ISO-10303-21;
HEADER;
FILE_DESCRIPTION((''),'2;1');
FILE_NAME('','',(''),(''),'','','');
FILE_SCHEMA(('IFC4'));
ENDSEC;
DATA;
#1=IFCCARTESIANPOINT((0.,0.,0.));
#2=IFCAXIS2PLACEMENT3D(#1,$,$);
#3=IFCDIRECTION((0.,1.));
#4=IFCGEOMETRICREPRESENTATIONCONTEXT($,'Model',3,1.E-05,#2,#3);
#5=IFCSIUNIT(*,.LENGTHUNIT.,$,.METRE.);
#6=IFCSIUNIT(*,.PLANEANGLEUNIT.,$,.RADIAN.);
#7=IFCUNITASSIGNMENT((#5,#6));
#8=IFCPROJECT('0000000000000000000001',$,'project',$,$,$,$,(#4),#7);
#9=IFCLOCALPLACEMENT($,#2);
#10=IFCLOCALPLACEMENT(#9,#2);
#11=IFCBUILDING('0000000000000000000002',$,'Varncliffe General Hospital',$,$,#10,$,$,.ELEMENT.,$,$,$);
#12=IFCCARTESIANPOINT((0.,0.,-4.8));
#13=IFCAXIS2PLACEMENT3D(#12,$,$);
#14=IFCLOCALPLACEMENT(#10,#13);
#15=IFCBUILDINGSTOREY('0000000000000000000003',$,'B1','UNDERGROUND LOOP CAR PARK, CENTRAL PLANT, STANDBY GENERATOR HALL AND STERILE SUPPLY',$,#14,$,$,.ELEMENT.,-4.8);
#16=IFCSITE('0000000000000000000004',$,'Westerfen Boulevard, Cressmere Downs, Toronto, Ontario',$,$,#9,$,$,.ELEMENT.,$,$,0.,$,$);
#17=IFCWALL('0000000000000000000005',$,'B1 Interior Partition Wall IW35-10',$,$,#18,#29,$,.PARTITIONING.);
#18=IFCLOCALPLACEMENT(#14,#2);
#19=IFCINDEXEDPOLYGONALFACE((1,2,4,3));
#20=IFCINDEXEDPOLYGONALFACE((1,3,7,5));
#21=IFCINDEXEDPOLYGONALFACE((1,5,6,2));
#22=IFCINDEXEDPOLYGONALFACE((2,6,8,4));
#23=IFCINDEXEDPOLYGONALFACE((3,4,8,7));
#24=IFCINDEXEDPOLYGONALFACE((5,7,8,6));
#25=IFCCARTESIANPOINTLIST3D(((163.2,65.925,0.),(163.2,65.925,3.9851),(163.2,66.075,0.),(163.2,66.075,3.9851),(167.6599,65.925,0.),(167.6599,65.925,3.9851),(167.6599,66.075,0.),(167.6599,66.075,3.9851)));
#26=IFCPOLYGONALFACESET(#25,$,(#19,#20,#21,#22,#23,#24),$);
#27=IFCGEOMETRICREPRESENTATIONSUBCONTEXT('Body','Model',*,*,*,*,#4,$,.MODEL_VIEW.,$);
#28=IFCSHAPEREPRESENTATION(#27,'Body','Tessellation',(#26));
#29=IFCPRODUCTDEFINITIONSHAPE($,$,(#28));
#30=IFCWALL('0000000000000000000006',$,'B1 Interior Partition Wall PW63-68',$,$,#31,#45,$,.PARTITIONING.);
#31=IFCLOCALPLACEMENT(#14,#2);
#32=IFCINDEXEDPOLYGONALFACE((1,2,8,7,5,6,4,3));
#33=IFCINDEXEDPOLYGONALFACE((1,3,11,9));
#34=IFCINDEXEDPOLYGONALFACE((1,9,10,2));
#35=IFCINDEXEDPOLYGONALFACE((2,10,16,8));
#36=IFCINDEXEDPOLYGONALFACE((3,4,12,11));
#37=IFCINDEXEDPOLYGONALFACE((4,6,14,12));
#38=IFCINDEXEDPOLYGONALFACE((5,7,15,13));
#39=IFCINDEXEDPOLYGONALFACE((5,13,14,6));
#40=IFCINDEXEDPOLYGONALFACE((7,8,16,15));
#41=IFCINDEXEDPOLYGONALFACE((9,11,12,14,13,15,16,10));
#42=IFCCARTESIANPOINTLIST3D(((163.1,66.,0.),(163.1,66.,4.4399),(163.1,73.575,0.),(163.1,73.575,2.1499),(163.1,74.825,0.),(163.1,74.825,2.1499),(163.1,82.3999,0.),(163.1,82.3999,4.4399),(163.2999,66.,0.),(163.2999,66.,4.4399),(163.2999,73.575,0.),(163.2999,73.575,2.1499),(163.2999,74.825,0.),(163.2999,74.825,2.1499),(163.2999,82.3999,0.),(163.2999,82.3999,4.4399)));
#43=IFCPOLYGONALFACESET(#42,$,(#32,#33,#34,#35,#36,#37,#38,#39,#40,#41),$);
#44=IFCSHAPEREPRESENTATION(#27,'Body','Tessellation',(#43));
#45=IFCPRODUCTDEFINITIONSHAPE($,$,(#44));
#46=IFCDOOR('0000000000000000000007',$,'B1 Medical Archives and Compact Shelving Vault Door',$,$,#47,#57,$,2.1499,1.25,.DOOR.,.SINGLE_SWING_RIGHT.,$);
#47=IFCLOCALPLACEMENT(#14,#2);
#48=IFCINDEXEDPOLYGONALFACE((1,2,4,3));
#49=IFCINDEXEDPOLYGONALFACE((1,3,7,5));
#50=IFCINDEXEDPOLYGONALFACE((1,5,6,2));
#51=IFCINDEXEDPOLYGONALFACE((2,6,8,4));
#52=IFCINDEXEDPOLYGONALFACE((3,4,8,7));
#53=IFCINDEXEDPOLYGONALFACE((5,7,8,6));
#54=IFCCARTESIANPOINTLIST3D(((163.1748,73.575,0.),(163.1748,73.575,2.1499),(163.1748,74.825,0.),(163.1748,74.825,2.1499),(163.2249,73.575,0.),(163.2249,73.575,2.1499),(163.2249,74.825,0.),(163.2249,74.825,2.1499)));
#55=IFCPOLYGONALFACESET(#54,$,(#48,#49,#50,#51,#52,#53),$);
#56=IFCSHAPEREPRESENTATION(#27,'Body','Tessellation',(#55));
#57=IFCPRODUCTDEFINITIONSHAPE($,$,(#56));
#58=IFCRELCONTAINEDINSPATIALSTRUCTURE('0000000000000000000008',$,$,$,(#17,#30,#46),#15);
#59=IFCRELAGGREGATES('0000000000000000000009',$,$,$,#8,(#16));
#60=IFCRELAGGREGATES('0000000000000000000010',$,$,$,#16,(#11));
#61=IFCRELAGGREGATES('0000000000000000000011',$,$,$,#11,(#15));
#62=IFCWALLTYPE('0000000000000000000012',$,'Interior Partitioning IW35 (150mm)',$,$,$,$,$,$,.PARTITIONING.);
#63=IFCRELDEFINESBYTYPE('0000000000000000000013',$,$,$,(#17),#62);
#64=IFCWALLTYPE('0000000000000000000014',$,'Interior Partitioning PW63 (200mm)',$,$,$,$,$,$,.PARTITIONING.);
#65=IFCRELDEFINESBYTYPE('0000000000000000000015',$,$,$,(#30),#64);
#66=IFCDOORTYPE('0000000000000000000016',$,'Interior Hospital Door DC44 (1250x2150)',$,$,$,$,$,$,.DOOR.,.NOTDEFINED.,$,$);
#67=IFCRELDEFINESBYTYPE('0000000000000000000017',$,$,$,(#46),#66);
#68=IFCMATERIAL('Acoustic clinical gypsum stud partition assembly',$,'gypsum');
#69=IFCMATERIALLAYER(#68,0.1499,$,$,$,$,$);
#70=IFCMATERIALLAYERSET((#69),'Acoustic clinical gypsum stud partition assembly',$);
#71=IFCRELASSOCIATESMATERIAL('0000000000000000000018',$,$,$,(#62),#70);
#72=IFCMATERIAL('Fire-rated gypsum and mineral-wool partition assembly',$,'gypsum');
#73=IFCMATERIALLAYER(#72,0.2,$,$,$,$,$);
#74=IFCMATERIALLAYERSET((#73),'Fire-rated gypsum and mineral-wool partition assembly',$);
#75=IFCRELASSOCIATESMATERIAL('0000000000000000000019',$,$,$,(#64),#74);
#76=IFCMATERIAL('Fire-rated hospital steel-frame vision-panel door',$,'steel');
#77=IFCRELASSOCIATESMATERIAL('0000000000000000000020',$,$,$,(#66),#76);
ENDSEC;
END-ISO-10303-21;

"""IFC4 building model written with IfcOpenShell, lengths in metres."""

from ifc_helpers import new_model, si_unit, direction, frame, frame_2d, origin, place, context, subcontext, project, spatial, rectangle, extrude, material, layer, layer_set, type_object, element, fill, save


model = new_model("IFC4")

# Units and contexts
model_context = context("Model", 3, precision=1e-05, world=origin(), true_north=direction((0.0, 1.0)))
body_context = subcontext(model_context, "Body", "Model", "MODEL_VIEW")
ifc_project = project(units=[si_unit("LENGTHUNIT", "METRE"), si_unit("PLANEANGLEUNIT", "RADIAN")], contexts=[model_context])

# Site, building, storey
site_placement = place(None, origin())
site = spatial("IfcSite", under=ifc_project, at=site_placement, Name="Westerfen Boulevard, Cressmere Downs, Toronto, Ontario", CompositionType="ELEMENT", RefElevation=0.0)
building_placement = place(site_placement, origin())
building = spatial("IfcBuilding", under=site, at=building_placement, Name="Varncliffe General Hospital", CompositionType="ELEMENT")
storey_placement = place(building_placement, frame((0.0, 0.0, -4.8)))
storey = spatial("IfcBuildingStorey", under=building, at=storey_placement, Name="B1", Description="UNDERGROUND LOOP CAR PARK, CENTRAL PLANT, STANDBY GENERATOR HALL AND STERILE SUPPLY", CompositionType="ELEMENT", Elevation=-4.8)

# Wall
ifc_material_1 = material(Name="Acoustic clinical gypsum stud partition assembly", Category="gypsum")
ifc_layer_1 = layer(ifc_material_1, 0.1499)
ifc_layer_set_1 = layer_set([ifc_layer_1], Name="Acoustic clinical gypsum stud partition assembly")
wall_type_1 = type_object("IfcWallType", Name="Interior Partitioning IW35 (150mm)", PredefinedType="PARTITIONING", material=ifc_layer_set_1)
wall_1_placement = place(storey_placement, frame((163.2, 66.0, 0.0), z_axis=(0.0, 0.0, 1.0), x_axis=(1.0, 0.0, 0.0)))
element("IfcWall", 1, at=wall_1_placement, inside=storey, type_object=wall_type_1, Name="B1 Interior Partition Wall IW35-10", PredefinedType="PARTITIONING", context=body_context, shape_type="SweptSolid", body=[
    extrude(rectangle(XDim=4.46, YDim=0.1499, at=frame_2d((2.23, 0.0))), origin(), (0.0, 0.0, 1.0), 3.9851),
])

# Wall, opening, door
ifc_material_2 = material(Name="Fire-rated gypsum and mineral-wool partition assembly", Category="gypsum")
ifc_layer_2 = layer(ifc_material_2, 0.2)
ifc_layer_set_2 = layer_set([ifc_layer_2], Name="Fire-rated gypsum and mineral-wool partition assembly")
wall_type_2 = type_object("IfcWallType", Name="Interior Partitioning PW63 (200mm)", PredefinedType="PARTITIONING", material=ifc_layer_set_2)
wall_2_placement = place(storey_placement, frame((163.2, 66.0, 0.0), z_axis=(0.0, 0.0, 1.0), x_axis=(0.0, 1.0, 0.0)))
wall_2 = element("IfcWall", 2, at=wall_2_placement, inside=storey, type_object=wall_type_2, Name="B1 Interior Partition Wall PW63-68", PredefinedType="PARTITIONING", context=body_context, shape_type="SweptSolid", body=[
    extrude(rectangle(XDim=16.3999, YDim=0.2, at=frame_2d((8.2, 0.0))), origin(), (0.0, 0.0, 1.0), 4.4399),
])
opening_placement = place(wall_2_placement, frame((7.575, 0.0, 0.0)))
opening = element("IfcOpeningElement", 3, at=opening_placement, cuts=wall_2, PredefinedType="OPENING", context=body_context, shape_type="SweptSolid", body=[
    extrude(rectangle(XDim=1.25, YDim=2.1499, at=frame_2d((0.625, 1.075))), frame((0.0, 0.1099, 0.0), z_axis=(0.0, -1.0, 0.0), x_axis=(1.0, 0.0, 0.0)), (0.0, 0.0, 1.0), 0.22),
])
ifc_material_3 = material(Name="Fire-rated hospital steel-frame vision-panel door", Category="steel")
door_type = type_object("IfcDoorType", Name="Interior Hospital Door DC44 (1250x2150)", OperationType="NOTDEFINED", PredefinedType="DOOR", material=ifc_material_3)
door_placement = place(opening_placement, frame((1.25, 0.0, 0.0), z_axis=(0.0, 0.0, 1.0), x_axis=(-1.0, 0.0, 0.0)))
door = element("IfcDoor", 4, at=door_placement, inside=storey, type_object=door_type, Name="B1 Medical Archives and Compact Shelving Vault Door", OperationType="SINGLE_SWING_RIGHT", OverallHeight=2.1499, OverallWidth=1.25, PredefinedType="DOOR", context=body_context, shape_type="SweptSolid", body=[
    extrude(rectangle(XDim=1.25, YDim=2.1499, at=frame_2d((0.625, 1.075))), frame((0.0, 0.0249, 0.0), z_axis=(0.0, -1.0, 0.0), x_axis=(1.0, 0.0, 0.0)), (0.0, 0.0, 1.0), 0.05),
])
fill(opening, door)

save(model, "model.ifc")
